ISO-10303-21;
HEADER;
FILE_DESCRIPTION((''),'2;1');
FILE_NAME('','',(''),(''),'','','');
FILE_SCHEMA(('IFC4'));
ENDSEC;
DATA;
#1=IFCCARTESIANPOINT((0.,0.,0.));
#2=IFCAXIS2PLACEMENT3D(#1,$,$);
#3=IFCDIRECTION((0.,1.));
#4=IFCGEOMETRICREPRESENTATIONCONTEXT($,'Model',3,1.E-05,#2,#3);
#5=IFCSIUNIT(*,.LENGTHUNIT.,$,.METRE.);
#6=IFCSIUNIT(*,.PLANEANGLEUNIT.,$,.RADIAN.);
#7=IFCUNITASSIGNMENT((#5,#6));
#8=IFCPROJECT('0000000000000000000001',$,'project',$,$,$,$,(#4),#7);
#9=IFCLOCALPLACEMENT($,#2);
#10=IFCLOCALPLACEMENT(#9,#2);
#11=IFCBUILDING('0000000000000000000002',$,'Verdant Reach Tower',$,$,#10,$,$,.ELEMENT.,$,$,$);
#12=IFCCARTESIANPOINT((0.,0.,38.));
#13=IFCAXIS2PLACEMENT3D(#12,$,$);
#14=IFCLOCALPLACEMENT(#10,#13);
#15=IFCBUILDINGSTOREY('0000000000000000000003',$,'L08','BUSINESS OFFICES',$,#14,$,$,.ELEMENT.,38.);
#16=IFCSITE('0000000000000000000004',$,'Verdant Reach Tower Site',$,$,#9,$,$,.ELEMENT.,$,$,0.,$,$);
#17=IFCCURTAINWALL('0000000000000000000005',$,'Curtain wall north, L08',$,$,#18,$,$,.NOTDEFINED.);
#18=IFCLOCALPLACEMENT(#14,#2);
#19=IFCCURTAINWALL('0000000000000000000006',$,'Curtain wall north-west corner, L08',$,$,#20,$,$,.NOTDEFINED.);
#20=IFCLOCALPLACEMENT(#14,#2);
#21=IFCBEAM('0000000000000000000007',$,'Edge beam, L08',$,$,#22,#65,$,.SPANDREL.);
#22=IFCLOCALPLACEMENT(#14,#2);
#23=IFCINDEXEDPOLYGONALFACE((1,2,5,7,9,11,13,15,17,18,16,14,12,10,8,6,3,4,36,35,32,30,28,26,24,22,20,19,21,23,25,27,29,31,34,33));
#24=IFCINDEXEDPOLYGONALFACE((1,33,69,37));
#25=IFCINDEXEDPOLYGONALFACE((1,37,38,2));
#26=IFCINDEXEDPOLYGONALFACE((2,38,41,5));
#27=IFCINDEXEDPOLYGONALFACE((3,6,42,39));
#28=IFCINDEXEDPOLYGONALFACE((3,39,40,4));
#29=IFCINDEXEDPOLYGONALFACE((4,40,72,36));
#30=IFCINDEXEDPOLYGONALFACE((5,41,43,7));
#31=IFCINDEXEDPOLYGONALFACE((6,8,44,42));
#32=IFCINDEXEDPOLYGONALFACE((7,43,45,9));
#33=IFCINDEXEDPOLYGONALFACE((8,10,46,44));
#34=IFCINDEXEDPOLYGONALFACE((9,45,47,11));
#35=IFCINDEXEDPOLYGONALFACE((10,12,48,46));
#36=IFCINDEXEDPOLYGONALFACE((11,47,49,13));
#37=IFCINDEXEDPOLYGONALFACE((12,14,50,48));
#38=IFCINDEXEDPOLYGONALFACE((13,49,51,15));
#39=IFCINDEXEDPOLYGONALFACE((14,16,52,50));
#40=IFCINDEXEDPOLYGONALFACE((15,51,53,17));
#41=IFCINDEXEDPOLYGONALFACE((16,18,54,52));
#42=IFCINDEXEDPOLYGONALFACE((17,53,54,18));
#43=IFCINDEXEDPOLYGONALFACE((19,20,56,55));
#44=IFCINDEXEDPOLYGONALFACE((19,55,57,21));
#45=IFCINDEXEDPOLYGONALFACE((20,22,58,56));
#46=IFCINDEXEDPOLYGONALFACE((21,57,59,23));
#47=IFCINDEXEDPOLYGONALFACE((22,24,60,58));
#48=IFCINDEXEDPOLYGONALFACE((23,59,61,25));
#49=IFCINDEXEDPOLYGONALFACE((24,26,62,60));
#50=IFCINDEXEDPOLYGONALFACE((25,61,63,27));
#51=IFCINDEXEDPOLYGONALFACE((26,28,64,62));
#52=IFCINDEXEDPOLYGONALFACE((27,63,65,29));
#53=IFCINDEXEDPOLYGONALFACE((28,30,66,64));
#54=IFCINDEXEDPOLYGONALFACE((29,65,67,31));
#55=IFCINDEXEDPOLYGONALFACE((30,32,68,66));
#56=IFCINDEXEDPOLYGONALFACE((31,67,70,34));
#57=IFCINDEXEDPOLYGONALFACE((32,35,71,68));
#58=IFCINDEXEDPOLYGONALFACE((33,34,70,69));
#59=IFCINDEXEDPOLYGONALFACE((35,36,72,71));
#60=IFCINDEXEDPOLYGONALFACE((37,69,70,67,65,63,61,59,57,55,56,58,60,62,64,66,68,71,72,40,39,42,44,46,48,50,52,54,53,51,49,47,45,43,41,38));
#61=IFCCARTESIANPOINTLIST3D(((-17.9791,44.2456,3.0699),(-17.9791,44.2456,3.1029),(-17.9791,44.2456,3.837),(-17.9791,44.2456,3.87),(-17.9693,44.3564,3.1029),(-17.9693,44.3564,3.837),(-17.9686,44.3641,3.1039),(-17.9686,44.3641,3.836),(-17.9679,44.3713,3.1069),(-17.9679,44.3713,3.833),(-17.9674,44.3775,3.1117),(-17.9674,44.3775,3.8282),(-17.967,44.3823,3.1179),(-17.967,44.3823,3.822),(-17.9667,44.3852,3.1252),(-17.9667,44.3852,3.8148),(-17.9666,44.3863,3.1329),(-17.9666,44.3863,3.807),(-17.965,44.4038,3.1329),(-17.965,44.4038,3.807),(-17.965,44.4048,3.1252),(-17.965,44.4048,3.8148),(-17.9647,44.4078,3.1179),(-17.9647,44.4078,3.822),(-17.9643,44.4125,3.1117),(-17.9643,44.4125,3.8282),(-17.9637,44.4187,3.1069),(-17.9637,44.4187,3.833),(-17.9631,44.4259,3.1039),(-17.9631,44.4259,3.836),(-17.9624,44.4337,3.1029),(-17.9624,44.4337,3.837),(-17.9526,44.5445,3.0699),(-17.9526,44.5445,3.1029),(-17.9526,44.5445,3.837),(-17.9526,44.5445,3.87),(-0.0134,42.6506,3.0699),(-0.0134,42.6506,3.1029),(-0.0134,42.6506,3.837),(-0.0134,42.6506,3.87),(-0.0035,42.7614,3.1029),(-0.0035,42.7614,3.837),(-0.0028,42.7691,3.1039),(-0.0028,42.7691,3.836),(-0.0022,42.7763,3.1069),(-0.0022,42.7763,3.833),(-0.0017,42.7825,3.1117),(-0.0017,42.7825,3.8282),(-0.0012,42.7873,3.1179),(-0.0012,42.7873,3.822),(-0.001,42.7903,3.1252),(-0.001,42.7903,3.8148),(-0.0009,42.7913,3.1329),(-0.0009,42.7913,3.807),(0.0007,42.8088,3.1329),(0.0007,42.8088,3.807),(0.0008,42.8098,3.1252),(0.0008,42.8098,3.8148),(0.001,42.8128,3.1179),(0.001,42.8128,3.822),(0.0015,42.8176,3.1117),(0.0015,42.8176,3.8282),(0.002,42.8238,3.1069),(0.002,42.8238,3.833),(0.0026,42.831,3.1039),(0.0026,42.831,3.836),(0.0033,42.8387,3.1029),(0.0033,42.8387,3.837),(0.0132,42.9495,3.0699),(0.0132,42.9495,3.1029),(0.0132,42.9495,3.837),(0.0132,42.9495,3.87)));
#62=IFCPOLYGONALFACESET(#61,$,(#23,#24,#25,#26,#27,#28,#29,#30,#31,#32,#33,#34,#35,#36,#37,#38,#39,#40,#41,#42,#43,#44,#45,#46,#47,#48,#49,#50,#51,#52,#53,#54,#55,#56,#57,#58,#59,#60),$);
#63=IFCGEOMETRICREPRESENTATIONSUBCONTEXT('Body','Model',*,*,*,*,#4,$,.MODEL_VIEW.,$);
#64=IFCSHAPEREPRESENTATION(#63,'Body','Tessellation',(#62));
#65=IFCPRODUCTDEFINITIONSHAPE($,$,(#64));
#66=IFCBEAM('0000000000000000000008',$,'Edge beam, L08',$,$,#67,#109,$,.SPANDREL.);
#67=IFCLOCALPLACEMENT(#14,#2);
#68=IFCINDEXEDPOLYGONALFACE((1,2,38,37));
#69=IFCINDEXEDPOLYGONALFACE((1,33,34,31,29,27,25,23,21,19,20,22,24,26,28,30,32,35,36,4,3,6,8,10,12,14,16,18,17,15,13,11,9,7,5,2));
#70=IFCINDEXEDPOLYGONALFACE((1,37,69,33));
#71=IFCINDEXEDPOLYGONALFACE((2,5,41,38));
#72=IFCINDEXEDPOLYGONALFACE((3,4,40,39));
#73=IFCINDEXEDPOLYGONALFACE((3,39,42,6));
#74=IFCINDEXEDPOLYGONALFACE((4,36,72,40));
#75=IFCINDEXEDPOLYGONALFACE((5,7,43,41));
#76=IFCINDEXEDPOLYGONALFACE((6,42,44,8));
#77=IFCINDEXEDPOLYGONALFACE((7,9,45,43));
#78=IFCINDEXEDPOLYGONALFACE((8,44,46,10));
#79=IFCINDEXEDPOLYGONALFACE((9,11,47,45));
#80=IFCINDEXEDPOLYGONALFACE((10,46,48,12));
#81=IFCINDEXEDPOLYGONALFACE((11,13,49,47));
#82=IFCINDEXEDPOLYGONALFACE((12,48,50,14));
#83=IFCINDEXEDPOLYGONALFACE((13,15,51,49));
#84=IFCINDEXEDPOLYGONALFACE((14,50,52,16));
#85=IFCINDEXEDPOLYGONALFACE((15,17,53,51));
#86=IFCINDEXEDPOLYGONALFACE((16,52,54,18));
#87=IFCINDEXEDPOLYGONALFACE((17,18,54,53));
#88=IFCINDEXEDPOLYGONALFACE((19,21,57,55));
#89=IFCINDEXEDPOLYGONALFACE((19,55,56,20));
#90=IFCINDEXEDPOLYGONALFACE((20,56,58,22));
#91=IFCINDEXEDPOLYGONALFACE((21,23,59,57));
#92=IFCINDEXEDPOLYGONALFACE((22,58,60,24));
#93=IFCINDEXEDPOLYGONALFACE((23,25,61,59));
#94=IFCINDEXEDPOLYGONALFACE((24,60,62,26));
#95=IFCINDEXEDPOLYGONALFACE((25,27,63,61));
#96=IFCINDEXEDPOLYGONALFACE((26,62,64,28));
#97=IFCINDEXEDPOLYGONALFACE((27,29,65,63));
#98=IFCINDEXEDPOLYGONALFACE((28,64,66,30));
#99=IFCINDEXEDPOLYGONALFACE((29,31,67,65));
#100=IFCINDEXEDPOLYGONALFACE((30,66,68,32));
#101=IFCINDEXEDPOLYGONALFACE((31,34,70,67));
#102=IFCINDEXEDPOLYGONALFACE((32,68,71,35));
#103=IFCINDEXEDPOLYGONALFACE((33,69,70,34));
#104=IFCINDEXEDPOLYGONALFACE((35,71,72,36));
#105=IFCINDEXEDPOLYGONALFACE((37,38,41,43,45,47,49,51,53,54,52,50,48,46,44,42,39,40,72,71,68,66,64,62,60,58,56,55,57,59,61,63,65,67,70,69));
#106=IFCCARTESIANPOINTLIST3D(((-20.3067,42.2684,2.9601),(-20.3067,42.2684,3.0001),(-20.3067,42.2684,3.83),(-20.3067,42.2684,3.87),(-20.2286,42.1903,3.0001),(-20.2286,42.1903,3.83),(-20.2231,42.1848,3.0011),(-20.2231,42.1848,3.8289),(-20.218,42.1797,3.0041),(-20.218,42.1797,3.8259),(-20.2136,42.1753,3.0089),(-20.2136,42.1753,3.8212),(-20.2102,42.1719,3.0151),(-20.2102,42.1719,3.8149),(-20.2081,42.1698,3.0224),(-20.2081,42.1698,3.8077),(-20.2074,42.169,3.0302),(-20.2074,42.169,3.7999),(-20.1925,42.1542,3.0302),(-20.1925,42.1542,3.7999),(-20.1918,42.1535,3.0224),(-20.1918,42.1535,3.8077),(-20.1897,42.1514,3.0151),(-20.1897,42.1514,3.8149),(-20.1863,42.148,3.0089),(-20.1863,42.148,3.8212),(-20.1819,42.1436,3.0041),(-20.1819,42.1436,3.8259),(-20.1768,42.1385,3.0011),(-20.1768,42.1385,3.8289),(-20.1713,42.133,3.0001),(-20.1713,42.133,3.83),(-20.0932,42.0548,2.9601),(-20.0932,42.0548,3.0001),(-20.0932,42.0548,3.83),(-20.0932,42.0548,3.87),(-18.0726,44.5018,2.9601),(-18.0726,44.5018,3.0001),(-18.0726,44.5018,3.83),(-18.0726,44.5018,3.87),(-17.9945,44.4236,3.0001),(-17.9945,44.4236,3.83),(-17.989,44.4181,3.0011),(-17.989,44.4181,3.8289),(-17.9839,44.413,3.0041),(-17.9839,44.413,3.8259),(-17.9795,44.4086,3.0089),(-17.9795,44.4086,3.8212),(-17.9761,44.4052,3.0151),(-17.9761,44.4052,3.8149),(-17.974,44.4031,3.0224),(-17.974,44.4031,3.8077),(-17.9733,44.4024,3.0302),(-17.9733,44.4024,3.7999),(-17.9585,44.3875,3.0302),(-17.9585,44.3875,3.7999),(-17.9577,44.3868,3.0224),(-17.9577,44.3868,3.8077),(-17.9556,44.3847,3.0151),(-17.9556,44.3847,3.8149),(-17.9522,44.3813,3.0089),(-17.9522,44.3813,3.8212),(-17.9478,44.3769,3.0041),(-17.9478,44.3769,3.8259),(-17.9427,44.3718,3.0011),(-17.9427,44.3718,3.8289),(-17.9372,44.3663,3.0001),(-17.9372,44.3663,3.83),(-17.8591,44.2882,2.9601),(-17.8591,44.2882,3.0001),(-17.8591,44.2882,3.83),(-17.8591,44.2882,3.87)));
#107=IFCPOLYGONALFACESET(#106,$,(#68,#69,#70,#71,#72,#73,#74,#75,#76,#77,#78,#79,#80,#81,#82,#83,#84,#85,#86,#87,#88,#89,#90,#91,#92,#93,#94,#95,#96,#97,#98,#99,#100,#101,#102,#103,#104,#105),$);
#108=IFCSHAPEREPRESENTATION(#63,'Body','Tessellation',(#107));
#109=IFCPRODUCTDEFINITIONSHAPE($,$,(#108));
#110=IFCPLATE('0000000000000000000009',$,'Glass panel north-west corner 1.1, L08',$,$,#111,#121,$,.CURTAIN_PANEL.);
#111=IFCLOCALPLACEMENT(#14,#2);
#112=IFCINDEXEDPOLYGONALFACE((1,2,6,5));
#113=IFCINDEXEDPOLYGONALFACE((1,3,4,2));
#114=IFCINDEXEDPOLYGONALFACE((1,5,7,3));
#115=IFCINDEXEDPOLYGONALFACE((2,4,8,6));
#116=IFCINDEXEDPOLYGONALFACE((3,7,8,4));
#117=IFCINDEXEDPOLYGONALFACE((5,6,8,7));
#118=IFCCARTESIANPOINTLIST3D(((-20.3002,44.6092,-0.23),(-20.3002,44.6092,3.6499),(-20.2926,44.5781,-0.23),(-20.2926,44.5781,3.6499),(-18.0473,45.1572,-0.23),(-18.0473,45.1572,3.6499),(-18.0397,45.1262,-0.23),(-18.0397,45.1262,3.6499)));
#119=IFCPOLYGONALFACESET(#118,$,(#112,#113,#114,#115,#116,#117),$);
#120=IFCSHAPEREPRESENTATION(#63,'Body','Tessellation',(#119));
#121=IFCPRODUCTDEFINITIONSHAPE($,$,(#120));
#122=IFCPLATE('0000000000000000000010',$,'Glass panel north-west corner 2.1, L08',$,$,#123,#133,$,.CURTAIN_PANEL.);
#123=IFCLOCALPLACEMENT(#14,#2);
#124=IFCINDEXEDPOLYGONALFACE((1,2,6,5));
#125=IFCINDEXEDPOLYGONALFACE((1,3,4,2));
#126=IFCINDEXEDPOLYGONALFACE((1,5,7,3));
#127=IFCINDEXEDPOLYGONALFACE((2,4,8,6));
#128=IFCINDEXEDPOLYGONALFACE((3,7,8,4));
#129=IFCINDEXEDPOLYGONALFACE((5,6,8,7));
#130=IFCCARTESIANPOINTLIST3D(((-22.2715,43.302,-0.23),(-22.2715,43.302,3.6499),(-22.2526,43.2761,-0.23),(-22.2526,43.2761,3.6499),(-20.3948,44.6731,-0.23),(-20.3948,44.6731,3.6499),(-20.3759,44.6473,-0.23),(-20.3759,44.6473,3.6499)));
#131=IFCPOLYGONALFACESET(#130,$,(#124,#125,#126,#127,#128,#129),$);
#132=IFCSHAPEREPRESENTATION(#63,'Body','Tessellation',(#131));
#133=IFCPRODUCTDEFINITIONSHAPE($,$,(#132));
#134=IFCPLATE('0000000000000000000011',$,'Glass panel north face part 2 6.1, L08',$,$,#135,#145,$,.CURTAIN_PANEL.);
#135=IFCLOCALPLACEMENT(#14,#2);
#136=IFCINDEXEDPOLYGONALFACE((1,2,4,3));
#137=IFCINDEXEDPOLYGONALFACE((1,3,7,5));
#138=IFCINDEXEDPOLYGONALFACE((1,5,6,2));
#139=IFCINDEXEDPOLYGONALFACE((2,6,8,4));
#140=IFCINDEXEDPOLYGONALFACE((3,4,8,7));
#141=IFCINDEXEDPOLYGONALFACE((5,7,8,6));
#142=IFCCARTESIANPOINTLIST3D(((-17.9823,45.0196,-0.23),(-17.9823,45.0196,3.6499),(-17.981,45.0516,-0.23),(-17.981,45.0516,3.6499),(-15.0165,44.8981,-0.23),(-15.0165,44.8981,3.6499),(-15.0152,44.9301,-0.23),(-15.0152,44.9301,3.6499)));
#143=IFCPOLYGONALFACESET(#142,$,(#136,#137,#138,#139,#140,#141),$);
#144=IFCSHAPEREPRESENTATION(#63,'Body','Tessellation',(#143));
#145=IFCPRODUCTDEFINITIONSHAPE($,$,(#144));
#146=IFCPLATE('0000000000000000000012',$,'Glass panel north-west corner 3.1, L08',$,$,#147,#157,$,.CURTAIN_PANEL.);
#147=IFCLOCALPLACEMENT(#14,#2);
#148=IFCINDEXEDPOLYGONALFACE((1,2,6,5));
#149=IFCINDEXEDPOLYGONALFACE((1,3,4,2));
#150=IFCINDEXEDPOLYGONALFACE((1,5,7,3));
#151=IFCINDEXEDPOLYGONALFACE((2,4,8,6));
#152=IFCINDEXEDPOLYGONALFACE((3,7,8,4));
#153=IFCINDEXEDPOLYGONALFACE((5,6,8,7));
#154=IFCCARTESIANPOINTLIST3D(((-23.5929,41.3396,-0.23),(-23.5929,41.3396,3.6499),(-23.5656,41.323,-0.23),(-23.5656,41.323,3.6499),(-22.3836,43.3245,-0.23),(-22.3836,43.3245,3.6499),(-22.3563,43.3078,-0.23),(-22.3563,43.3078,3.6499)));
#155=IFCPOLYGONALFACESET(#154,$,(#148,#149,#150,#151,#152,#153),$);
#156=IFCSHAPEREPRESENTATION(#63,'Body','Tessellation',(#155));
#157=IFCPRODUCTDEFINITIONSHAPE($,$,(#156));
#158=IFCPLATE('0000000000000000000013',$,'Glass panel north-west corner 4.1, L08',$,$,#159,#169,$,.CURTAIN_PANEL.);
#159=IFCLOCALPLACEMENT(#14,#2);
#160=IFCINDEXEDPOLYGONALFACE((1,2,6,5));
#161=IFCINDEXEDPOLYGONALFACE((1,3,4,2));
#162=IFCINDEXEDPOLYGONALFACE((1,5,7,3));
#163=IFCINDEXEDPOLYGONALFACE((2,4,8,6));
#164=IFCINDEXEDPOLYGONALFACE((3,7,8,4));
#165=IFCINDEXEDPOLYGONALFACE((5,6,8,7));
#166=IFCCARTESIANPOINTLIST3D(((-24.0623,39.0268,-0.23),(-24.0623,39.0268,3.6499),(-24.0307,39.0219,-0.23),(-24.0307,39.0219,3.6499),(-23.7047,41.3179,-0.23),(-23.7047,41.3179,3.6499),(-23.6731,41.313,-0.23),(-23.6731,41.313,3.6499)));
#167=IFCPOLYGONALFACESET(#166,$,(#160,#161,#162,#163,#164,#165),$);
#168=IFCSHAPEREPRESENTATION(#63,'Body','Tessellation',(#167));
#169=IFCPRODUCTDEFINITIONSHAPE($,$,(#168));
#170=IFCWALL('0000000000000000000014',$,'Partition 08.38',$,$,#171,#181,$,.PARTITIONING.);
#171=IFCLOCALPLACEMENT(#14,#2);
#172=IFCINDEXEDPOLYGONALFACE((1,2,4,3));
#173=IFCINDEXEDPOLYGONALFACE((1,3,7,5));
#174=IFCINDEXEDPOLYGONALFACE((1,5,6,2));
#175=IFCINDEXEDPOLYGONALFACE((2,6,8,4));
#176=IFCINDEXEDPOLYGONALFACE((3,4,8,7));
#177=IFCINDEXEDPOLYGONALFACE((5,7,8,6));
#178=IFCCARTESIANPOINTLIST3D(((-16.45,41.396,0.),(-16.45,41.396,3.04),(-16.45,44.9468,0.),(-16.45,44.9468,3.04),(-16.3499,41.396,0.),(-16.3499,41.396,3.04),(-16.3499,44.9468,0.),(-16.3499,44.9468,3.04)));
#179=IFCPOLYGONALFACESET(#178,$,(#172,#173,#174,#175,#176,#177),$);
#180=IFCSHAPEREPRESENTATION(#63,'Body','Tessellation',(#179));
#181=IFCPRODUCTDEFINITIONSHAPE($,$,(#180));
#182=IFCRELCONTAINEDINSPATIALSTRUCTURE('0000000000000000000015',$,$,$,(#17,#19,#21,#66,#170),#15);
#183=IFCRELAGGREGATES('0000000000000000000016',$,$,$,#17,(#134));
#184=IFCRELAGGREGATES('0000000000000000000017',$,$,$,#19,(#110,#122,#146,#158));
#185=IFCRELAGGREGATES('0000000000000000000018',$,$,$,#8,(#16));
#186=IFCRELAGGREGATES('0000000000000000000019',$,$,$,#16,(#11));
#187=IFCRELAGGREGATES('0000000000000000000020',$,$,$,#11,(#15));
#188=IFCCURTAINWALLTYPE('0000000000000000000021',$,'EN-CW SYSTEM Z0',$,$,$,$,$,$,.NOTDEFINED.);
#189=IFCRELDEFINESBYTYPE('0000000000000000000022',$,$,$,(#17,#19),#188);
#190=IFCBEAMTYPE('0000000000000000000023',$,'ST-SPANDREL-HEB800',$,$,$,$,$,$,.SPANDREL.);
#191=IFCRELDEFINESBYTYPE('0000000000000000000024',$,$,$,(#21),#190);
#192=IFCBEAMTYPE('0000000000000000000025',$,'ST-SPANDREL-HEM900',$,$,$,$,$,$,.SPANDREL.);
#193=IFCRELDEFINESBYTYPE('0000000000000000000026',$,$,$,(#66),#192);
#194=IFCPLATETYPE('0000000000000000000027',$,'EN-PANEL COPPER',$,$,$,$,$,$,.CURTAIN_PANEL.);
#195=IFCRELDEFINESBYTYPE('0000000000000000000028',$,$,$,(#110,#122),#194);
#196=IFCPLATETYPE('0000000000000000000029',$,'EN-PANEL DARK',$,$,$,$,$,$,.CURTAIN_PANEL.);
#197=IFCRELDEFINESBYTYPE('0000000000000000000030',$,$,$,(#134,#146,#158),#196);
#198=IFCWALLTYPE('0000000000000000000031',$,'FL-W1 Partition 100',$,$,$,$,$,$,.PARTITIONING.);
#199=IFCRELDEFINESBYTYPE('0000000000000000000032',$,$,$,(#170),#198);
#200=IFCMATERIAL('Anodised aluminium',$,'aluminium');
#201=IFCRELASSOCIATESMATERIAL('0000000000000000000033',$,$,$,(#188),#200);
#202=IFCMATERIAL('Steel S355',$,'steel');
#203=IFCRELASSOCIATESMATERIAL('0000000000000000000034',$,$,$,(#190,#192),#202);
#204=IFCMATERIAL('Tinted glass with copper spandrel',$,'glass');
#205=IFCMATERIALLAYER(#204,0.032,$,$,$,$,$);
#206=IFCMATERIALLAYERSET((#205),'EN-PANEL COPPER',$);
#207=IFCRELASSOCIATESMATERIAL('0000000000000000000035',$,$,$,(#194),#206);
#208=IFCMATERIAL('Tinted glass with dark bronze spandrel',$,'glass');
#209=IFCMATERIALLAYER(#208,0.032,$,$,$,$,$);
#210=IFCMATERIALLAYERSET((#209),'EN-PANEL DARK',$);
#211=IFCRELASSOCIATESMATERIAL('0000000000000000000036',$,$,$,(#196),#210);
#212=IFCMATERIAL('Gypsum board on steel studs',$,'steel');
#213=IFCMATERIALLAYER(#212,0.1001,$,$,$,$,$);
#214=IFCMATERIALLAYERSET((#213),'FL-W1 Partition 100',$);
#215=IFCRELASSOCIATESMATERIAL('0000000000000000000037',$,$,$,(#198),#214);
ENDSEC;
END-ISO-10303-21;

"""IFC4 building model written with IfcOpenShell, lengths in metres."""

from ifc_helpers import new_model, si_unit, direction, frame, frame_2d, origin, origin_2d, place, context, subcontext, project, spatial, rectangle, i_section, extrude, material, layer, layer_set, material_profile, profile_set, type_object, element, aggregate, save


model = new_model("IFC4")

# Units and contexts
model_context = context("Model", 3, precision=1e-05, world=origin(), true_north=direction((0.0, 1.0)))
body_context = subcontext(model_context, "Body", "Model", "MODEL_VIEW")
ifc_project = project(units=[si_unit("LENGTHUNIT", "METRE"), si_unit("PLANEANGLEUNIT", "RADIAN")], contexts=[model_context])

# Site, building, storey
site_placement = place(None, origin())
site = spatial("IfcSite", under=ifc_project, at=site_placement, Name="Verdant Reach Tower Site", CompositionType="ELEMENT", RefElevation=0.0)
building_placement = place(site_placement, origin())
building = spatial("IfcBuilding", under=site, at=building_placement, Name="Verdant Reach Tower", CompositionType="ELEMENT")
storey_placement = place(building_placement, frame((0.0, 0.0, 38.0)))
storey = spatial("IfcBuildingStorey", under=building, at=storey_placement, Name="L08", Description="BUSINESS OFFICES", CompositionType="ELEMENT", Elevation=38.0)

# Curtain wall
ifc_material_1 = material(Name="Anodised aluminium", Category="aluminium")
curtain_wall_type = type_object("IfcCurtainWallType", Name="EN-CW SYSTEM Z0", PredefinedType="NOTDEFINED", material=ifc_material_1)
curtain_wall_1_placement = place(storey_placement, origin())
curtain_wall_1 = element("IfcCurtainWall", 1, at=curtain_wall_1_placement, inside=storey, type_object=curtain_wall_type, Name="Curtain wall north, L08", PredefinedType="NOTDEFINED")

# Curtain wall
curtain_wall_2_placement = place(storey_placement, origin())
curtain_wall_2 = element("IfcCurtainWall", 2, at=curtain_wall_2_placement, inside=storey, type_object=curtain_wall_type, Name="Curtain wall north-west corner, L08", PredefinedType="NOTDEFINED")

# Beams
ifc_material_2 = material(Name="Steel S355", Category="steel")
ifc_material_profile_1 = material_profile(ifc_material_2, i_section(OverallWidth=0.3, OverallDepth=0.8, WebThickness=0.0176, FlangeThickness=0.033, FilletRadius=0.03, at=origin_2d()), Name="HEB 800")
ifc_profile_set_1 = profile_set([ifc_material_profile_1], Name="Steel S355")
beam_type_1 = type_object("IfcBeamType", Name="ST-SPANDREL-HEB800", PredefinedType="SPANDREL", material=ifc_profile_set_1)
beam_1_placement = place(storey_placement, frame((-17.9658, 44.395, 3.47), z_axis=(0.996082, -0.08843, 0.0), x_axis=(0.08843, 0.996082, 0.0)))
element("IfcBeam", 3, at=beam_1_placement, inside=storey, type_object=beam_type_1, Name="Edge beam, L08", PredefinedType="SPANDREL", context=body_context, shape_type="SweptSolid", body=[
    extrude(i_section(OverallWidth=0.3, OverallDepth=0.8, WebThickness=0.0176, FlangeThickness=0.033, FilletRadius=0.03, at=origin_2d()), origin(), (0.0, 0.0, 1.0), 18.0364),
])
ifc_material_profile_2 = material_profile(ifc_material_2, i_section(OverallWidth=0.302, OverallDepth=0.9099, WebThickness=0.021, FlangeThickness=0.04, FilletRadius=0.03, at=origin_2d()), Name="HEM 900")
ifc_profile_set_2 = profile_set([ifc_material_profile_2], Name="Steel S355")
beam_type_2 = type_object("IfcBeamType", Name="ST-SPANDREL-HEM900", PredefinedType="SPANDREL", material=ifc_profile_set_2)
beam_2_placement = place(storey_placement, frame((-20.2, 42.1616, 3.415), z_axis=(0.707223, 0.706991, 0.0), x_axis=(-0.706991, 0.707223, 0.0)))
element("IfcBeam", 4, at=beam_2_placement, inside=storey, type_object=beam_type_2, Name="Edge beam, L08", PredefinedType="SPANDREL", context=body_context, shape_type="SweptSolid", body=[
    extrude(i_section(OverallWidth=0.302, OverallDepth=0.9099, WebThickness=0.021, FlangeThickness=0.04, FilletRadius=0.03, at=origin_2d()), origin(), (0.0, 0.0, 1.0), 3.1589),
])

# Plates
ifc_material_3 = material(Name="Tinted glass with copper spandrel", Category="glass")
ifc_layer_1 = layer(ifc_material_3, 0.032)
ifc_layer_set_1 = layer_set([ifc_layer_1], Name="EN-PANEL COPPER")
plate_type_1 = type_object("IfcPlateType", Name="EN-PANEL COPPER", PredefinedType="CURTAIN_PANEL", material=ifc_layer_set_1)
plate_1_placement = place(storey_placement, frame((-19.1699, 44.8677, -0.23), z_axis=(0.0, 0.0, 1.0), x_axis=(-0.971663, -0.236369, 0.0)))
plate_1 = element("IfcPlate", 5, at=plate_1_placement, type_object=plate_type_1, Name="Glass panel north-west corner 1.1, L08", PredefinedType="CURTAIN_PANEL", context=body_context, shape_type="SweptSolid", body=[
    extrude(rectangle(XDim=2.3186, YDim=0.032, at=origin_2d()), origin(), (0.0, 0.0, 1.0), 3.8799),
])
plate_2_placement = place(storey_placement, frame((-21.3237, 43.9746, -0.23), z_axis=(0.0, 0.0, 1.0), x_axis=(-0.807457, -0.589927, 0.0)))
plate_2 = element("IfcPlate", 6, at=plate_2_placement, type_object=plate_type_1, Name="Glass panel north-west corner 2.1, L08", PredefinedType="CURTAIN_PANEL", context=body_context, shape_type="SweptSolid", body=[
    extrude(rectangle(XDim=2.3242, YDim=0.032, at=origin_2d()), origin(), (0.0, 0.0, 1.0), 3.8799),
])
ifc_material_4 = material(Name="Tinted glass with dark bronze spandrel", Category="glass")
ifc_layer_2 = layer(ifc_material_4, 0.032)
ifc_layer_set_2 = layer_set([ifc_layer_2], Name="EN-PANEL DARK")
plate_type_2 = type_object("IfcPlateType", Name="EN-PANEL DARK", PredefinedType="CURTAIN_PANEL", material=ifc_layer_set_2)
plate_3_placement = place(storey_placement, frame((-16.4988, 44.9749, -0.23), z_axis=(0.0, 0.0, 1.0), x_axis=(-0.999162, 0.04092, 0.0)))
plate_3 = element("IfcPlate", 7, at=plate_3_placement, type_object=plate_type_2, Name="Glass panel north face part 2 6.1, L08", PredefinedType="CURTAIN_PANEL", context=body_context, shape_type="SweptSolid", body=[
    extrude(rectangle(XDim=2.9683, YDim=0.032, at=origin_2d()), origin(), (0.0, 0.0, 1.0), 3.8799),
])
aggregate(curtain_wall_1, [plate_3])
plate_4_placement = place(storey_placement, frame((-22.9746, 42.3237, -0.23), z_axis=(0.0, 0.0, 1.0), x_axis=(-0.520292, -0.853989, 0.0)))
plate_4 = element("IfcPlate", 8, at=plate_4_placement, type_object=plate_type_2, Name="Glass panel north-west corner 3.1, L08", PredefinedType="CURTAIN_PANEL", context=body_context, shape_type="SweptSolid", body=[
    extrude(rectangle(XDim=2.3242, YDim=0.032, at=origin_2d()), origin(), (0.0, 0.0, 1.0), 3.8799),
])
plate_5_placement = place(storey_placement, frame((-23.8677, 40.1699, -0.23), z_axis=(0.0, 0.0, 1.0), x_axis=(-0.154211, -0.988038, 0.0)))
plate_5 = element("IfcPlate", 9, at=plate_5_placement, type_object=plate_type_2, Name="Glass panel north-west corner 4.1, L08", PredefinedType="CURTAIN_PANEL", context=body_context, shape_type="SweptSolid", body=[
    extrude(rectangle(XDim=2.3188, YDim=0.032, at=origin_2d()), origin(), (0.0, 0.0, 1.0), 3.8799),
])
aggregate(curtain_wall_2, [plate_1, plate_2, plate_4, plate_5])

# Wall
ifc_material_5 = material(Name="Gypsum board on steel studs", Category="steel")
ifc_layer_3 = layer(ifc_material_5, 0.1001)
ifc_layer_set_3 = layer_set([ifc_layer_3], Name="FL-W1 Partition 100")
wall_type_1 = type_object("IfcWallType", Name="FL-W1 Partition 100", PredefinedType="PARTITIONING", material=ifc_layer_set_3)
wall_1_placement = place(storey_placement, frame((-16.3999, 44.9468, 0.0), z_axis=(0.0, 0.0, 1.0), x_axis=(0.0, -1.0, 0.0)))
element("IfcWall", 10, at=wall_1_placement, inside=storey, type_object=wall_type_1, Name="Partition 08.38", PredefinedType="PARTITIONING", context=body_context, shape_type="SweptSolid", body=[
    extrude(rectangle(XDim=3.5508, YDim=0.1001, at=frame_2d((1.7754, 0.0))), origin(), (0.0, 0.0, 1.0), 3.04),
])

save(model, "model.ifc")
